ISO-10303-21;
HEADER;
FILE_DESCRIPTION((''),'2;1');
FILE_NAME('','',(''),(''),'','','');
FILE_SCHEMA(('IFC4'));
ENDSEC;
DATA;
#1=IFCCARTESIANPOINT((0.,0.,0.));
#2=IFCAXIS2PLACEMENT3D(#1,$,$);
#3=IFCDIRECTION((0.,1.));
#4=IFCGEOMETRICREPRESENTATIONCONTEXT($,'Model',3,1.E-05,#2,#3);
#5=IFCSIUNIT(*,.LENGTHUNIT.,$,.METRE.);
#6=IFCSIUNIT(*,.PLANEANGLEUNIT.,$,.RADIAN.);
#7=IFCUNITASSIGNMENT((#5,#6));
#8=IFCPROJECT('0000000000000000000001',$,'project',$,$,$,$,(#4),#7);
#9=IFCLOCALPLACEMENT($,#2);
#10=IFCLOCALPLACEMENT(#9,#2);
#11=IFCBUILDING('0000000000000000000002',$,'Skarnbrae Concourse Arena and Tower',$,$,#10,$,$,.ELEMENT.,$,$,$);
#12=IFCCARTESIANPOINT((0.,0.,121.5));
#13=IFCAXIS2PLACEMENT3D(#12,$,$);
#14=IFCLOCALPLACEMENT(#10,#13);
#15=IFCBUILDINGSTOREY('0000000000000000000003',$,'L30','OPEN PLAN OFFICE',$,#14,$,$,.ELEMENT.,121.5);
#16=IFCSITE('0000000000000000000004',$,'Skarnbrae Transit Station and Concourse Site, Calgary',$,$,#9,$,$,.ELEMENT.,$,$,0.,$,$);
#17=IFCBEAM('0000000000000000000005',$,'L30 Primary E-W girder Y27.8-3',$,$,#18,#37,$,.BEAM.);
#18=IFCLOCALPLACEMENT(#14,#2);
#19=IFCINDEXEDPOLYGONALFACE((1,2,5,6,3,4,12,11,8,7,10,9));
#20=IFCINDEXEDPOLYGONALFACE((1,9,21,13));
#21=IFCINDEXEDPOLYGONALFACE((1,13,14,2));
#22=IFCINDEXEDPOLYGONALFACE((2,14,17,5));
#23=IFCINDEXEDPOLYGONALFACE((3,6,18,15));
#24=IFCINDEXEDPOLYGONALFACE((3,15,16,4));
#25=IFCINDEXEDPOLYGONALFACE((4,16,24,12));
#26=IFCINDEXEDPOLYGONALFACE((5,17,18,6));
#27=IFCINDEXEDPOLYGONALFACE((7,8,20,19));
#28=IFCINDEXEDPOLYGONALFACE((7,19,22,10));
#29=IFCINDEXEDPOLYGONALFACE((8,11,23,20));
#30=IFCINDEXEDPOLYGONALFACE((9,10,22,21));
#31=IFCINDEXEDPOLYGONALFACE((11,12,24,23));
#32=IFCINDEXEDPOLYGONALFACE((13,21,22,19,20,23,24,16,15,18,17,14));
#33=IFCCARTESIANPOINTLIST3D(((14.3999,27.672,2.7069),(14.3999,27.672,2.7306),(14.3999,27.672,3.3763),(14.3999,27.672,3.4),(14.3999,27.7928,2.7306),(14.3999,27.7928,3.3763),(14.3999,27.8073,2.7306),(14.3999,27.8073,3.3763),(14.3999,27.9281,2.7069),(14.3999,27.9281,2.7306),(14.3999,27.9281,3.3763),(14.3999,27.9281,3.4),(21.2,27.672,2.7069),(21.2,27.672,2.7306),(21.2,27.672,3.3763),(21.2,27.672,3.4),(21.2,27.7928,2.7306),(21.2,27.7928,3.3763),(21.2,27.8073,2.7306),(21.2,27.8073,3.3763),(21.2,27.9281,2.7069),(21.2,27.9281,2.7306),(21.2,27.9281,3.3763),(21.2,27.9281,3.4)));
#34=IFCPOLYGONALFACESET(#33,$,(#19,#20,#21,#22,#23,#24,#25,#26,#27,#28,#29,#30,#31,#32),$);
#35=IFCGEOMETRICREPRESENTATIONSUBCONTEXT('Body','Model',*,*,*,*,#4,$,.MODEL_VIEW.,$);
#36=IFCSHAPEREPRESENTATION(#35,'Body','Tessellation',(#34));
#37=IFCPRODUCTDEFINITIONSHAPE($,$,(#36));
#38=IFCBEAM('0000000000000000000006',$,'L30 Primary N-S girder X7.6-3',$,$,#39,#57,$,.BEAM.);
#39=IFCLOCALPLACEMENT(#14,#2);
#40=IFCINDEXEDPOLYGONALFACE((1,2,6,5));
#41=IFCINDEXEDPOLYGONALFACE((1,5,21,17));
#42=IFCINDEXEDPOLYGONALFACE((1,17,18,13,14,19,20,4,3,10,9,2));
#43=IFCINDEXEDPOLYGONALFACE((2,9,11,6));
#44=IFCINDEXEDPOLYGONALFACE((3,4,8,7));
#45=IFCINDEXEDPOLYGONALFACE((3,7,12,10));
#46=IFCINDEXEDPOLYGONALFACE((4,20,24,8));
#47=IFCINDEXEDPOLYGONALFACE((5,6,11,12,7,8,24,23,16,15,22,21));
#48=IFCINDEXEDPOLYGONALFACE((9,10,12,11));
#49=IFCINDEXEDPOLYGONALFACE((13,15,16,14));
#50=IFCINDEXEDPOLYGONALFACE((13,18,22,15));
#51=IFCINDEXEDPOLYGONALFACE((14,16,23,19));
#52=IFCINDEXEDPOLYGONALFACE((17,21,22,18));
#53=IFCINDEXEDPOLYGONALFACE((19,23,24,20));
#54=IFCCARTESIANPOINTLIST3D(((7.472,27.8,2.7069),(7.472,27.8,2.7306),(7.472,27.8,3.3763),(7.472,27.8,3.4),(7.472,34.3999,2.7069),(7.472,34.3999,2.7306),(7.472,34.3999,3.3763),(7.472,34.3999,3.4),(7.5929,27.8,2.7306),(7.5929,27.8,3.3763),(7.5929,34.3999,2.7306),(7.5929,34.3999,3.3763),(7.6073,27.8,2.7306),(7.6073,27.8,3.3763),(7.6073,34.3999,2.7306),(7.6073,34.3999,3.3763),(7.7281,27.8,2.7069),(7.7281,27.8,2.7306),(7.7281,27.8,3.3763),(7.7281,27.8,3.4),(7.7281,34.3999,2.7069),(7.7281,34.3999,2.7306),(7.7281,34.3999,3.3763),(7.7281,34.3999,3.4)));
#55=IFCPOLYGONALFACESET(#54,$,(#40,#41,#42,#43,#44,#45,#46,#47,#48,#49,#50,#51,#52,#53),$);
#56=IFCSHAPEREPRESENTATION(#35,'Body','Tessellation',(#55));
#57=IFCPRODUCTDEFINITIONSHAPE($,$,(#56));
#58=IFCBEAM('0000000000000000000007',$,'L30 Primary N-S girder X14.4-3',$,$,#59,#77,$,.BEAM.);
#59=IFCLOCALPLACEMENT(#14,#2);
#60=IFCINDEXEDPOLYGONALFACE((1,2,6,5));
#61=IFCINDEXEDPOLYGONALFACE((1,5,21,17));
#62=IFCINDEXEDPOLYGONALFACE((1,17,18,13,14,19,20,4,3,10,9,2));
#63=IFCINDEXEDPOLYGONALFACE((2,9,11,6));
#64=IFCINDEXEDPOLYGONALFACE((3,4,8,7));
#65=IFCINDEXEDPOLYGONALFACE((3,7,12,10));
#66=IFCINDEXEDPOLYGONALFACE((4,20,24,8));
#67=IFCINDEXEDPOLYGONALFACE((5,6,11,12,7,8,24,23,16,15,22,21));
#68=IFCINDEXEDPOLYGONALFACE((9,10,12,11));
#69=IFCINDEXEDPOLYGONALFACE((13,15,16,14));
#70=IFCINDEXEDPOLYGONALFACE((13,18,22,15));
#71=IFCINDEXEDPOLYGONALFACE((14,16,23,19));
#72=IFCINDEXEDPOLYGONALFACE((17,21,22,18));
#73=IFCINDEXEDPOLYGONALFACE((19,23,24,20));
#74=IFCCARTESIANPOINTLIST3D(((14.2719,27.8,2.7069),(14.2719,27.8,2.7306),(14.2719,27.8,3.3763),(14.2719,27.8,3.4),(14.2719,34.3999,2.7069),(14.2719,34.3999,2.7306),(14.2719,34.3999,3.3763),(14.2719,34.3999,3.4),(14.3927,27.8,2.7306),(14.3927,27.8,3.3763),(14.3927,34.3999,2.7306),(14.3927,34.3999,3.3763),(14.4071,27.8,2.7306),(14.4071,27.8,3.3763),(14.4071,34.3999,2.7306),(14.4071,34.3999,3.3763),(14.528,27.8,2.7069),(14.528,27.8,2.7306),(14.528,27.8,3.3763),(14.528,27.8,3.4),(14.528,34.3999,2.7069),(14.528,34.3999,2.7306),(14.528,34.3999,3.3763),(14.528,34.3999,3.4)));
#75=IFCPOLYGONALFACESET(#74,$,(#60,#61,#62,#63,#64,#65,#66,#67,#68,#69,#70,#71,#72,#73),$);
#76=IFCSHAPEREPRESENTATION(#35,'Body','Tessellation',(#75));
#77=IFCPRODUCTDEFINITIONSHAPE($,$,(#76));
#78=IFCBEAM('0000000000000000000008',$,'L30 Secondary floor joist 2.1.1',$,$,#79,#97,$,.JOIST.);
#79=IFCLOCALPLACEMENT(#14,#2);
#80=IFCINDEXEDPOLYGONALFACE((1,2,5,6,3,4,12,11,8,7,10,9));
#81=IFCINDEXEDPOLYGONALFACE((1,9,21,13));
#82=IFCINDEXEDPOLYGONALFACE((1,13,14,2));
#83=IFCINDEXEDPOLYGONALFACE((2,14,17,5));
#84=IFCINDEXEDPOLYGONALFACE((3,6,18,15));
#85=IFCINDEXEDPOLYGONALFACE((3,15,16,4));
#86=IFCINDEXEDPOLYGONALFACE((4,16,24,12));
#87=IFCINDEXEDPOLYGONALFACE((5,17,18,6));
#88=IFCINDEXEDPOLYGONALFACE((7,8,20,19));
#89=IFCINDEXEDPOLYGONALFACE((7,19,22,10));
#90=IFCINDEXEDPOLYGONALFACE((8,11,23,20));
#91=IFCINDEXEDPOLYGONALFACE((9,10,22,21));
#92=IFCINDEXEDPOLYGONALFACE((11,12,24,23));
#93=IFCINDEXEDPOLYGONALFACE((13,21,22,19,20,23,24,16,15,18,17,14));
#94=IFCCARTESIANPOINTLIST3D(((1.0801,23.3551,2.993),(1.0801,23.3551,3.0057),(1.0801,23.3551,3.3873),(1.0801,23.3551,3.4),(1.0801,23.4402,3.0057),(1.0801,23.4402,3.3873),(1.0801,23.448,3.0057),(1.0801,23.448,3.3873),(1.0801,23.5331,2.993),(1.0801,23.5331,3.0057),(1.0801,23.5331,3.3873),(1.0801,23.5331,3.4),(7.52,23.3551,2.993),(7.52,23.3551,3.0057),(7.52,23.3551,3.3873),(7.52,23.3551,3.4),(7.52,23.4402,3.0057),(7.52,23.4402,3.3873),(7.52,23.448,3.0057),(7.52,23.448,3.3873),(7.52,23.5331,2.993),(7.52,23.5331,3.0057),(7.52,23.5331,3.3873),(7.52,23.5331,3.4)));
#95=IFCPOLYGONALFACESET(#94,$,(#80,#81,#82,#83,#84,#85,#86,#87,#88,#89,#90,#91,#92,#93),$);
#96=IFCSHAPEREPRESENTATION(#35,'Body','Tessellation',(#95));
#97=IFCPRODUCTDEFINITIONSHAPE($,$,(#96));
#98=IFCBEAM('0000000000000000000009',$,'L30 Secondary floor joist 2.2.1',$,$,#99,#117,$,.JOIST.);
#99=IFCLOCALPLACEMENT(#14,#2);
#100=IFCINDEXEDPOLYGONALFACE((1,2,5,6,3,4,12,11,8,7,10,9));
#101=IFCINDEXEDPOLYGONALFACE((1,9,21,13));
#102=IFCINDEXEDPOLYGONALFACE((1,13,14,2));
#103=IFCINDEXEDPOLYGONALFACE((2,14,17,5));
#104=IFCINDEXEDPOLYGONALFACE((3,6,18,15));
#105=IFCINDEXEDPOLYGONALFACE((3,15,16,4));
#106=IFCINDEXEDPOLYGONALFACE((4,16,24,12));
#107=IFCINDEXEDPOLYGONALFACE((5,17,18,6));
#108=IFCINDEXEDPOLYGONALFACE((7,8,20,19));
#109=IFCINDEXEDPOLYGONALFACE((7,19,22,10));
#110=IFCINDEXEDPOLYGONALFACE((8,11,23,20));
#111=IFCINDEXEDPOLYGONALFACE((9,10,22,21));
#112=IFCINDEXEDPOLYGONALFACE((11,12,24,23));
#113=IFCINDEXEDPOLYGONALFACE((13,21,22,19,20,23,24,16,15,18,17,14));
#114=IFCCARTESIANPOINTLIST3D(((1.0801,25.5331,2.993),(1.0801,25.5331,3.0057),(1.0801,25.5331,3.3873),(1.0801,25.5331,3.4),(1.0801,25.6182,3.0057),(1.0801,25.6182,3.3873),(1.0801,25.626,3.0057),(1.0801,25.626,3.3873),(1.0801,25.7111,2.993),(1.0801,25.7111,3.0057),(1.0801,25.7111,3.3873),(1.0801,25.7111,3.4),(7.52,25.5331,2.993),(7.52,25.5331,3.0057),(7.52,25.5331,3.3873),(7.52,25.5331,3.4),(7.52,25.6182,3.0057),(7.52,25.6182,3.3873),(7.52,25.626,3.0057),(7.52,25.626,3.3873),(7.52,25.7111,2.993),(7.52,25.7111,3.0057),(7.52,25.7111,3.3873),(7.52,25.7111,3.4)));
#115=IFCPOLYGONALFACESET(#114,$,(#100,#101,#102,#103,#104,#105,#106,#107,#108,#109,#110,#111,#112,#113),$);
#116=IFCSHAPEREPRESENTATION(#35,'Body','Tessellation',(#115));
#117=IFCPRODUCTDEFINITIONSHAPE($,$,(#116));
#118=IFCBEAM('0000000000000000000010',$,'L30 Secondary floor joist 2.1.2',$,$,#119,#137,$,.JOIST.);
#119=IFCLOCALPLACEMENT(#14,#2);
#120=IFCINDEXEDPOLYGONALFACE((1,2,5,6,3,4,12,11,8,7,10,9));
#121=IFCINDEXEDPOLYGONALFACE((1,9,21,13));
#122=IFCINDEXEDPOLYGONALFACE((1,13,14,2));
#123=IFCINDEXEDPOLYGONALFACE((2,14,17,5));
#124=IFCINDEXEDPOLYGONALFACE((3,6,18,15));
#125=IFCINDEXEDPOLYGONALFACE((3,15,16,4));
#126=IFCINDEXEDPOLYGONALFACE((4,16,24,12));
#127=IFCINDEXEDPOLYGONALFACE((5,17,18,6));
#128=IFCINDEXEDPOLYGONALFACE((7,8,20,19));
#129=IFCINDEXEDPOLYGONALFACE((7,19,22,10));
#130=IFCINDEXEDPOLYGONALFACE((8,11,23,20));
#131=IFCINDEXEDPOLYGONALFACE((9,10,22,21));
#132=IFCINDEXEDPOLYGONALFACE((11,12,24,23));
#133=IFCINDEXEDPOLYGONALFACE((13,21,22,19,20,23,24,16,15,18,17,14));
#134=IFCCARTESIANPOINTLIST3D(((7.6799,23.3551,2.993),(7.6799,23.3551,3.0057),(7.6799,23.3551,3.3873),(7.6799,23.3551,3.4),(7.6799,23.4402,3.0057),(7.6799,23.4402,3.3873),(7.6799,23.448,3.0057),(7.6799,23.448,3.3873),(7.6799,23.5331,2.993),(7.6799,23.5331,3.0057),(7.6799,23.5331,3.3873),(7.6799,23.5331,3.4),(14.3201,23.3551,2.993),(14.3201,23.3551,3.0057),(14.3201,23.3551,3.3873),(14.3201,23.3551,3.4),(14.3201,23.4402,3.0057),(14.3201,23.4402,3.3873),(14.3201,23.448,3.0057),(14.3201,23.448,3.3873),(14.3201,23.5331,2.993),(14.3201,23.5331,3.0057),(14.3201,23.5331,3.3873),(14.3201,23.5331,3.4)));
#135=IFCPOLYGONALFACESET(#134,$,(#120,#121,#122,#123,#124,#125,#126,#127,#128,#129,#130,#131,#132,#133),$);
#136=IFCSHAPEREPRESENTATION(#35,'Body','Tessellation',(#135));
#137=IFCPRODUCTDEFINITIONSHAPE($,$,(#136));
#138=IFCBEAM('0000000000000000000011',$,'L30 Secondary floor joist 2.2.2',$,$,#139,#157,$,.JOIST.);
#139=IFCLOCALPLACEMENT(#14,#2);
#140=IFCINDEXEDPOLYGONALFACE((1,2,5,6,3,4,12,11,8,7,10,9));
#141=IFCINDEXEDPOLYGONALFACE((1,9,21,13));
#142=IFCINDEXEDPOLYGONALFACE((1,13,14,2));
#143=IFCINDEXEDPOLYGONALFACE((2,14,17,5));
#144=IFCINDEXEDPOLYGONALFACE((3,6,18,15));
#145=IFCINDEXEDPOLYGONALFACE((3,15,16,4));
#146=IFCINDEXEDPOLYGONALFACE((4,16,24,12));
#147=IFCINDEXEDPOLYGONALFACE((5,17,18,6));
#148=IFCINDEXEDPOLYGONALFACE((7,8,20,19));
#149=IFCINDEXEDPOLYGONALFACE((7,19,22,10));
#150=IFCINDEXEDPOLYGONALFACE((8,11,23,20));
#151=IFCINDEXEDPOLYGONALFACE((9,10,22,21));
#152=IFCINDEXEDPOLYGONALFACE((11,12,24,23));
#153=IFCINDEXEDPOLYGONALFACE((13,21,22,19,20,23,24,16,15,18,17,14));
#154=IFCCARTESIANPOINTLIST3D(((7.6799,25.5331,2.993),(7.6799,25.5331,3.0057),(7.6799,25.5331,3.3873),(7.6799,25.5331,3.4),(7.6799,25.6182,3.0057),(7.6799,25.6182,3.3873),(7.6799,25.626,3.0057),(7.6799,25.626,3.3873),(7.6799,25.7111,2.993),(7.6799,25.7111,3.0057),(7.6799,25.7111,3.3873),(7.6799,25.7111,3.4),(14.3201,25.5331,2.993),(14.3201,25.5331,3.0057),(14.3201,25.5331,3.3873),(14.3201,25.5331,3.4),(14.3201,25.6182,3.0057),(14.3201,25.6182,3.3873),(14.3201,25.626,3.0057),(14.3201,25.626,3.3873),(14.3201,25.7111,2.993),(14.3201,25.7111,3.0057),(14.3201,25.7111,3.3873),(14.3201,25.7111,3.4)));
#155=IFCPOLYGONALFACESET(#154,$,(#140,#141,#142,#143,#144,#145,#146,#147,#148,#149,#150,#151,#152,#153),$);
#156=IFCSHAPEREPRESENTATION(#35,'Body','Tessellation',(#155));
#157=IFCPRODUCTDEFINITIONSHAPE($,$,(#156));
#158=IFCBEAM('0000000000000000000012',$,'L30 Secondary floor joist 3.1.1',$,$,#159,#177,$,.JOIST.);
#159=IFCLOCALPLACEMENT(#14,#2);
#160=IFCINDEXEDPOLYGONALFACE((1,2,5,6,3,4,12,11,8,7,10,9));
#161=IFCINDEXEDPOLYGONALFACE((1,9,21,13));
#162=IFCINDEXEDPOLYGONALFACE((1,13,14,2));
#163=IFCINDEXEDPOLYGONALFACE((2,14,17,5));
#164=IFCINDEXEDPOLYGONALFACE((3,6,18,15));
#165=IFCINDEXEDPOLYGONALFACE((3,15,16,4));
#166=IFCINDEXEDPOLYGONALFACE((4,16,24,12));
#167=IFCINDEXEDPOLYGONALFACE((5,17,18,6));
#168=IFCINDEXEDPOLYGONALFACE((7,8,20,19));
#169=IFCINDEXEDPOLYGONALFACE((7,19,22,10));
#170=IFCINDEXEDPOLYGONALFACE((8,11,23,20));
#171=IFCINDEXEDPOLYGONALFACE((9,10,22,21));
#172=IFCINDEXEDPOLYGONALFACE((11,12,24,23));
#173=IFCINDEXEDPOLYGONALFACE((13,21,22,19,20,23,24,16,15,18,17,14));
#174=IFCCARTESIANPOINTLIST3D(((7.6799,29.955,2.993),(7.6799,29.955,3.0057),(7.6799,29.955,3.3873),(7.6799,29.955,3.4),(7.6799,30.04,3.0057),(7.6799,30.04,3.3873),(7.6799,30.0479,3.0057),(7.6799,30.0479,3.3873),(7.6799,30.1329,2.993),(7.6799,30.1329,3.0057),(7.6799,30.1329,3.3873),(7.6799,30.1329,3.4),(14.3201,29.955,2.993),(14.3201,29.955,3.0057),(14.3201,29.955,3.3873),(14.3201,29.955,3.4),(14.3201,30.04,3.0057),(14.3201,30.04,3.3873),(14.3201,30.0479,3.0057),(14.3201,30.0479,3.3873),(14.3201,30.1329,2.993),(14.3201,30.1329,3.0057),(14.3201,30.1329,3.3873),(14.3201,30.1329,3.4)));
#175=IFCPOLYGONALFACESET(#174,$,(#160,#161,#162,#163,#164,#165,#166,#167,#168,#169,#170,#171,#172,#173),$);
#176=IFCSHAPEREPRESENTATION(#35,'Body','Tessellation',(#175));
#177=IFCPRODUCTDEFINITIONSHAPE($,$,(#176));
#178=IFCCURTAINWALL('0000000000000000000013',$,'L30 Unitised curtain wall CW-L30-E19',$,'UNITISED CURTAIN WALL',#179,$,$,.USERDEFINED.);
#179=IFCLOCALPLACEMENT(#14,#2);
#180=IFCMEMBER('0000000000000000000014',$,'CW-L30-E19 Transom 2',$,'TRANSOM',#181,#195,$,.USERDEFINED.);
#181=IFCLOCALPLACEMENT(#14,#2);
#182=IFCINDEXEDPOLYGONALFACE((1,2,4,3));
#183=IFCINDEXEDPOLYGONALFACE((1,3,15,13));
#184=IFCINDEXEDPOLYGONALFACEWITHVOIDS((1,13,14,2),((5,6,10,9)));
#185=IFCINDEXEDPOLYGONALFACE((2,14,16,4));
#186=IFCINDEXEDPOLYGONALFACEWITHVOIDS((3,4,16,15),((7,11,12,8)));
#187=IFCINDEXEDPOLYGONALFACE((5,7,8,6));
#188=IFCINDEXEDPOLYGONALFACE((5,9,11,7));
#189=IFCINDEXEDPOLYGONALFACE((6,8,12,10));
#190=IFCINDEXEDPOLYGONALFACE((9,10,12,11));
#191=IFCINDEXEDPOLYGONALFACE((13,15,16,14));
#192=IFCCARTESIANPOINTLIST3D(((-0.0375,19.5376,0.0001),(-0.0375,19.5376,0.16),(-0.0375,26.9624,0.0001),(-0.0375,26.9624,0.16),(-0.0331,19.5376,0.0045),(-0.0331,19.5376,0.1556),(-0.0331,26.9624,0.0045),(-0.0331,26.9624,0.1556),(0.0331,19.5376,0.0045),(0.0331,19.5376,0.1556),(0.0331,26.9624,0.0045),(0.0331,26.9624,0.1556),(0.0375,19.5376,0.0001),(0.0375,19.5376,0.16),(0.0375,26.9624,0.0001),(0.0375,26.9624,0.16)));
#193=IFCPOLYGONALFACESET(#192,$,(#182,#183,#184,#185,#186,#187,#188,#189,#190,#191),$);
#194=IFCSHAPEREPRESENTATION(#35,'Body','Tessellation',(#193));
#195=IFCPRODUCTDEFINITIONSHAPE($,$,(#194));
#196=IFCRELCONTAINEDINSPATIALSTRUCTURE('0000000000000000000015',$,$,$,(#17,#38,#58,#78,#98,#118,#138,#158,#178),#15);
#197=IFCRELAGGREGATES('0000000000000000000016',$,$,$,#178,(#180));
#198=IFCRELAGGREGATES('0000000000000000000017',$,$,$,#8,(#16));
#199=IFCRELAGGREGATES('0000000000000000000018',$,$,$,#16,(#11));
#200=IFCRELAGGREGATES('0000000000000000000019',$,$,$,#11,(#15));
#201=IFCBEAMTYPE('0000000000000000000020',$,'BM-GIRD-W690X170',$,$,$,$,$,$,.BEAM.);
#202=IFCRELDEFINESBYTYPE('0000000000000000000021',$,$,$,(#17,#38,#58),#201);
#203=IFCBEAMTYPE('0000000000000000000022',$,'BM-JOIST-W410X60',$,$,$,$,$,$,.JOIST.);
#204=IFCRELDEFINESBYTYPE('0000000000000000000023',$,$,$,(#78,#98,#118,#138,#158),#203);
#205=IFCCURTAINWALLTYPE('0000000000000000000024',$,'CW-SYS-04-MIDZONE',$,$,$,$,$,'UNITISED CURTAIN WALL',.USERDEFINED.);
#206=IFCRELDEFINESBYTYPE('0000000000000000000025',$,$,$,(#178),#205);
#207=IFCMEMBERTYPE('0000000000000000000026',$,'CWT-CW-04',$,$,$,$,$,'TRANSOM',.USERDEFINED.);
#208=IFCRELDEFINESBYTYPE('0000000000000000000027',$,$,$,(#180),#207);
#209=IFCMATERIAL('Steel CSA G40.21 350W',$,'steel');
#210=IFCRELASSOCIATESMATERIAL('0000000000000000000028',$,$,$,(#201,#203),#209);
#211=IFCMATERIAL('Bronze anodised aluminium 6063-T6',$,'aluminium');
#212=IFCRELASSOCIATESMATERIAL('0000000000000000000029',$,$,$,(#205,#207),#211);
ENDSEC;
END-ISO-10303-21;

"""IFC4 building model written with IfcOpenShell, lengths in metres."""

from ifc_helpers import new_model, si_unit, direction, frame, origin, origin_2d, place, context, subcontext, project, spatial, hollow_rectangle, i_section, extrude, source, transform, mapped, material, material_profile, profile_set, type_object, element, aggregate, save


model = new_model("IFC4")

# Units and contexts
model_context = context("Model", 3, precision=1e-05, world=origin(), true_north=direction((0.0, 1.0)))
body_context = subcontext(model_context, "Body", "Model", "MODEL_VIEW")
ifc_project = project(units=[si_unit("LENGTHUNIT", "METRE"), si_unit("PLANEANGLEUNIT", "RADIAN")], contexts=[model_context])

# Site, building, storey
site_placement = place(None, origin())
site = spatial("IfcSite", under=ifc_project, at=site_placement, Name="Skarnbrae Transit Station and Concourse Site, Calgary", CompositionType="ELEMENT", RefElevation=0.0)
building_placement = place(site_placement, origin())
building = spatial("IfcBuilding", under=site, at=building_placement, Name="Skarnbrae Concourse Arena and Tower", CompositionType="ELEMENT")
storey_placement = place(building_placement, frame((0.0, 0.0, 121.5)))
storey = spatial("IfcBuildingStorey", under=building, at=storey_placement, Name="L30", Description="OPEN PLAN OFFICE", CompositionType="ELEMENT", Elevation=121.5)

# Shared definitions
ifc_material_1 = material(Name="Steel CSA G40.21 350W", Category="steel")

# Beams
ifc_material_profile_1 = material_profile(ifc_material_1, i_section(OverallWidth=0.2561, OverallDepth=0.6931, WebThickness=0.0144, FlangeThickness=0.0237, at=origin_2d()), Name="W690X170")
ifc_profile_set_1 = profile_set([ifc_material_profile_1], Name="Steel CSA G40.21 350W")
beam_type_1 = type_object("IfcBeamType", Name="BM-GIRD-W690X170", PredefinedType="BEAM", material=ifc_profile_set_1)
shared_shape_1 = source(origin(), body_context, "Body", "SweptSolid", [
    extrude(i_section(OverallWidth=0.2561, OverallDepth=0.6931, WebThickness=0.0144, FlangeThickness=0.0237, at=origin_2d()), origin(), (0.0, 0.0, 1.0), 6.8),
])
for number, where, z_axis, x_axis, name in (
    (1, (14.3999, 27.8, 3.0535), (1.0, 0.0, 0.0), (0.0, 1.0, 0.0), "L30 Primary E-W girder Y27.8-3"),
):
    element("IfcBeam", number, at=place(storey_placement, frame(where, z_axis=z_axis, x_axis=x_axis)), inside=storey, type_object=beam_type_1, Name=name, PredefinedType="BEAM", context=body_context, shape_type="MappedRepresentation", body=[
        mapped(shared_shape_1, transform((0.0, 0.0, 0.0))),
    ])
shared_shape_2 = source(origin(), body_context, "Body", "SweptSolid", [
    extrude(i_section(OverallWidth=0.2561, OverallDepth=0.6931, WebThickness=0.0144, FlangeThickness=0.0237, at=origin_2d()), origin(), (0.0, 0.0, 1.0), 6.5999),
])
for number, where, z_axis, x_axis, name in (
    (2, (7.6001, 27.8, 3.0535), (0.0, 1.0, 0.0), (-1.0, 0.0, 0.0), "L30 Primary N-S girder X7.6-3"),
    (3, (14.3999, 27.8, 3.0535), (0.0, 1.0, 0.0), (-1.0, 0.0, 0.0), "L30 Primary N-S girder X14.4-3"),
):
    element("IfcBeam", number, at=place(storey_placement, frame(where, z_axis=z_axis, x_axis=x_axis)), inside=storey, type_object=beam_type_1, Name=name, PredefinedType="BEAM", context=body_context, shape_type="MappedRepresentation", body=[
        mapped(shared_shape_2, transform((0.0, 0.0, 0.0))),
    ])
ifc_material_profile_2 = material_profile(ifc_material_1, i_section(OverallWidth=0.178, OverallDepth=0.407, WebThickness=0.0078, FlangeThickness=0.0127, at=origin_2d()), Name="W410X60")
ifc_profile_set_2 = profile_set([ifc_material_profile_2], Name="Steel CSA G40.21 350W")
beam_type_2 = type_object("IfcBeamType", Name="BM-JOIST-W410X60", PredefinedType="JOIST", material=ifc_profile_set_2)
shared_shape_3 = source(origin(), body_context, "Body", "SweptSolid", [
    extrude(i_section(OverallWidth=0.178, OverallDepth=0.407, WebThickness=0.0078, FlangeThickness=0.0127, at=origin_2d()), origin(), (0.0, 0.0, 1.0), 6.4399),
])
for number, where, z_axis, x_axis, name in (
    (4, (1.0801, 23.4441, 3.1965), (1.0, 0.0, 0.0), (0.0, 1.0, 0.0), "L30 Secondary floor joist 2.1.1"),
    (5, (1.0801, 25.6221, 3.1965), (1.0, 0.0, 0.0), (0.0, 1.0, 0.0), "L30 Secondary floor joist 2.2.1"),
):
    element("IfcBeam", number, at=place(storey_placement, frame(where, z_axis=z_axis, x_axis=x_axis)), inside=storey, type_object=beam_type_2, Name=name, PredefinedType="JOIST", context=body_context, shape_type="MappedRepresentation", body=[
        mapped(shared_shape_3, transform((0.0, 0.0, 0.0))),
    ])
shared_shape_4 = source(origin(), body_context, "Body", "SweptSolid", [
    extrude(i_section(OverallWidth=0.178, OverallDepth=0.407, WebThickness=0.0078, FlangeThickness=0.0127, at=origin_2d()), origin(), (0.0, 0.0, 1.0), 6.6401),
])
for number, where, z_axis, x_axis, name in (
    (6, (7.6799, 23.4441, 3.1965), (1.0, 0.0, 0.0), (0.0, 1.0, 0.0), "L30 Secondary floor joist 2.1.2"),
    (7, (7.6799, 25.6221, 3.1965), (1.0, 0.0, 0.0), (0.0, 1.0, 0.0), "L30 Secondary floor joist 2.2.2"),
    (8, (7.6799, 30.0439, 3.1965), (1.0, 0.0, 0.0), (0.0, 1.0, 0.0), "L30 Secondary floor joist 3.1.1"),
):
    element("IfcBeam", number, at=place(storey_placement, frame(where, z_axis=z_axis, x_axis=x_axis)), inside=storey, type_object=beam_type_2, Name=name, PredefinedType="JOIST", context=body_context, shape_type="MappedRepresentation", body=[
        mapped(shared_shape_4, transform((0.0, 0.0, 0.0))),
    ])

# Curtain wall, member
ifc_material_2 = material(Name="Bronze anodised aluminium 6063-T6", Category="aluminium")
curtain_wall_type = type_object("IfcCurtainWallType", Name="CW-SYS-04-MIDZONE", ElementType="UNITISED CURTAIN WALL", PredefinedType="USERDEFINED", material=ifc_material_2)
curtain_wall_placement = place(storey_placement, origin())
curtain_wall = element("IfcCurtainWall", 9, at=curtain_wall_placement, inside=storey, type_object=curtain_wall_type, Name="L30 Unitised curtain wall CW-L30-E19", ObjectType="UNITISED CURTAIN WALL", PredefinedType="USERDEFINED")
ifc_material_profile_3 = material_profile(ifc_material_2, hollow_rectangle(XDim=0.075, YDim=0.1599, WallThickness=0.0044, at=origin_2d()), Name="ALU-TRAN-75X160")
ifc_profile_set_3 = profile_set([ifc_material_profile_3], Name="Bronze anodised aluminium 6063-T6")
member_type_1 = type_object("IfcMemberType", Name="CWT-CW-04", ElementType="TRANSOM", PredefinedType="USERDEFINED", material=ifc_profile_set_3)
shared_shape_5 = source(origin(), body_context, "Body", "SweptSolid", [
    extrude(hollow_rectangle(XDim=0.075, YDim=0.1599, WallThickness=0.0044, at=origin_2d()), origin(), (0.0, 0.0, 1.0), 7.4248),
])
member_1_placement = place(storey_placement, frame((0.0, 26.9624, 0.0801), z_axis=(0.0, -1.0, 0.0), x_axis=(1.0, 0.0, 0.0)))
member_1 = element("IfcMember", 10, at=member_1_placement, type_object=member_type_1, Name="CW-L30-E19 Transom 2", ObjectType="TRANSOM", PredefinedType="USERDEFINED", context=body_context, shape_type="MappedRepresentation", body=[
    mapped(shared_shape_5, transform((0.0, 0.0, 0.0))),
])
aggregate(curtain_wall, [member_1])

save(model, "model.ifc")
